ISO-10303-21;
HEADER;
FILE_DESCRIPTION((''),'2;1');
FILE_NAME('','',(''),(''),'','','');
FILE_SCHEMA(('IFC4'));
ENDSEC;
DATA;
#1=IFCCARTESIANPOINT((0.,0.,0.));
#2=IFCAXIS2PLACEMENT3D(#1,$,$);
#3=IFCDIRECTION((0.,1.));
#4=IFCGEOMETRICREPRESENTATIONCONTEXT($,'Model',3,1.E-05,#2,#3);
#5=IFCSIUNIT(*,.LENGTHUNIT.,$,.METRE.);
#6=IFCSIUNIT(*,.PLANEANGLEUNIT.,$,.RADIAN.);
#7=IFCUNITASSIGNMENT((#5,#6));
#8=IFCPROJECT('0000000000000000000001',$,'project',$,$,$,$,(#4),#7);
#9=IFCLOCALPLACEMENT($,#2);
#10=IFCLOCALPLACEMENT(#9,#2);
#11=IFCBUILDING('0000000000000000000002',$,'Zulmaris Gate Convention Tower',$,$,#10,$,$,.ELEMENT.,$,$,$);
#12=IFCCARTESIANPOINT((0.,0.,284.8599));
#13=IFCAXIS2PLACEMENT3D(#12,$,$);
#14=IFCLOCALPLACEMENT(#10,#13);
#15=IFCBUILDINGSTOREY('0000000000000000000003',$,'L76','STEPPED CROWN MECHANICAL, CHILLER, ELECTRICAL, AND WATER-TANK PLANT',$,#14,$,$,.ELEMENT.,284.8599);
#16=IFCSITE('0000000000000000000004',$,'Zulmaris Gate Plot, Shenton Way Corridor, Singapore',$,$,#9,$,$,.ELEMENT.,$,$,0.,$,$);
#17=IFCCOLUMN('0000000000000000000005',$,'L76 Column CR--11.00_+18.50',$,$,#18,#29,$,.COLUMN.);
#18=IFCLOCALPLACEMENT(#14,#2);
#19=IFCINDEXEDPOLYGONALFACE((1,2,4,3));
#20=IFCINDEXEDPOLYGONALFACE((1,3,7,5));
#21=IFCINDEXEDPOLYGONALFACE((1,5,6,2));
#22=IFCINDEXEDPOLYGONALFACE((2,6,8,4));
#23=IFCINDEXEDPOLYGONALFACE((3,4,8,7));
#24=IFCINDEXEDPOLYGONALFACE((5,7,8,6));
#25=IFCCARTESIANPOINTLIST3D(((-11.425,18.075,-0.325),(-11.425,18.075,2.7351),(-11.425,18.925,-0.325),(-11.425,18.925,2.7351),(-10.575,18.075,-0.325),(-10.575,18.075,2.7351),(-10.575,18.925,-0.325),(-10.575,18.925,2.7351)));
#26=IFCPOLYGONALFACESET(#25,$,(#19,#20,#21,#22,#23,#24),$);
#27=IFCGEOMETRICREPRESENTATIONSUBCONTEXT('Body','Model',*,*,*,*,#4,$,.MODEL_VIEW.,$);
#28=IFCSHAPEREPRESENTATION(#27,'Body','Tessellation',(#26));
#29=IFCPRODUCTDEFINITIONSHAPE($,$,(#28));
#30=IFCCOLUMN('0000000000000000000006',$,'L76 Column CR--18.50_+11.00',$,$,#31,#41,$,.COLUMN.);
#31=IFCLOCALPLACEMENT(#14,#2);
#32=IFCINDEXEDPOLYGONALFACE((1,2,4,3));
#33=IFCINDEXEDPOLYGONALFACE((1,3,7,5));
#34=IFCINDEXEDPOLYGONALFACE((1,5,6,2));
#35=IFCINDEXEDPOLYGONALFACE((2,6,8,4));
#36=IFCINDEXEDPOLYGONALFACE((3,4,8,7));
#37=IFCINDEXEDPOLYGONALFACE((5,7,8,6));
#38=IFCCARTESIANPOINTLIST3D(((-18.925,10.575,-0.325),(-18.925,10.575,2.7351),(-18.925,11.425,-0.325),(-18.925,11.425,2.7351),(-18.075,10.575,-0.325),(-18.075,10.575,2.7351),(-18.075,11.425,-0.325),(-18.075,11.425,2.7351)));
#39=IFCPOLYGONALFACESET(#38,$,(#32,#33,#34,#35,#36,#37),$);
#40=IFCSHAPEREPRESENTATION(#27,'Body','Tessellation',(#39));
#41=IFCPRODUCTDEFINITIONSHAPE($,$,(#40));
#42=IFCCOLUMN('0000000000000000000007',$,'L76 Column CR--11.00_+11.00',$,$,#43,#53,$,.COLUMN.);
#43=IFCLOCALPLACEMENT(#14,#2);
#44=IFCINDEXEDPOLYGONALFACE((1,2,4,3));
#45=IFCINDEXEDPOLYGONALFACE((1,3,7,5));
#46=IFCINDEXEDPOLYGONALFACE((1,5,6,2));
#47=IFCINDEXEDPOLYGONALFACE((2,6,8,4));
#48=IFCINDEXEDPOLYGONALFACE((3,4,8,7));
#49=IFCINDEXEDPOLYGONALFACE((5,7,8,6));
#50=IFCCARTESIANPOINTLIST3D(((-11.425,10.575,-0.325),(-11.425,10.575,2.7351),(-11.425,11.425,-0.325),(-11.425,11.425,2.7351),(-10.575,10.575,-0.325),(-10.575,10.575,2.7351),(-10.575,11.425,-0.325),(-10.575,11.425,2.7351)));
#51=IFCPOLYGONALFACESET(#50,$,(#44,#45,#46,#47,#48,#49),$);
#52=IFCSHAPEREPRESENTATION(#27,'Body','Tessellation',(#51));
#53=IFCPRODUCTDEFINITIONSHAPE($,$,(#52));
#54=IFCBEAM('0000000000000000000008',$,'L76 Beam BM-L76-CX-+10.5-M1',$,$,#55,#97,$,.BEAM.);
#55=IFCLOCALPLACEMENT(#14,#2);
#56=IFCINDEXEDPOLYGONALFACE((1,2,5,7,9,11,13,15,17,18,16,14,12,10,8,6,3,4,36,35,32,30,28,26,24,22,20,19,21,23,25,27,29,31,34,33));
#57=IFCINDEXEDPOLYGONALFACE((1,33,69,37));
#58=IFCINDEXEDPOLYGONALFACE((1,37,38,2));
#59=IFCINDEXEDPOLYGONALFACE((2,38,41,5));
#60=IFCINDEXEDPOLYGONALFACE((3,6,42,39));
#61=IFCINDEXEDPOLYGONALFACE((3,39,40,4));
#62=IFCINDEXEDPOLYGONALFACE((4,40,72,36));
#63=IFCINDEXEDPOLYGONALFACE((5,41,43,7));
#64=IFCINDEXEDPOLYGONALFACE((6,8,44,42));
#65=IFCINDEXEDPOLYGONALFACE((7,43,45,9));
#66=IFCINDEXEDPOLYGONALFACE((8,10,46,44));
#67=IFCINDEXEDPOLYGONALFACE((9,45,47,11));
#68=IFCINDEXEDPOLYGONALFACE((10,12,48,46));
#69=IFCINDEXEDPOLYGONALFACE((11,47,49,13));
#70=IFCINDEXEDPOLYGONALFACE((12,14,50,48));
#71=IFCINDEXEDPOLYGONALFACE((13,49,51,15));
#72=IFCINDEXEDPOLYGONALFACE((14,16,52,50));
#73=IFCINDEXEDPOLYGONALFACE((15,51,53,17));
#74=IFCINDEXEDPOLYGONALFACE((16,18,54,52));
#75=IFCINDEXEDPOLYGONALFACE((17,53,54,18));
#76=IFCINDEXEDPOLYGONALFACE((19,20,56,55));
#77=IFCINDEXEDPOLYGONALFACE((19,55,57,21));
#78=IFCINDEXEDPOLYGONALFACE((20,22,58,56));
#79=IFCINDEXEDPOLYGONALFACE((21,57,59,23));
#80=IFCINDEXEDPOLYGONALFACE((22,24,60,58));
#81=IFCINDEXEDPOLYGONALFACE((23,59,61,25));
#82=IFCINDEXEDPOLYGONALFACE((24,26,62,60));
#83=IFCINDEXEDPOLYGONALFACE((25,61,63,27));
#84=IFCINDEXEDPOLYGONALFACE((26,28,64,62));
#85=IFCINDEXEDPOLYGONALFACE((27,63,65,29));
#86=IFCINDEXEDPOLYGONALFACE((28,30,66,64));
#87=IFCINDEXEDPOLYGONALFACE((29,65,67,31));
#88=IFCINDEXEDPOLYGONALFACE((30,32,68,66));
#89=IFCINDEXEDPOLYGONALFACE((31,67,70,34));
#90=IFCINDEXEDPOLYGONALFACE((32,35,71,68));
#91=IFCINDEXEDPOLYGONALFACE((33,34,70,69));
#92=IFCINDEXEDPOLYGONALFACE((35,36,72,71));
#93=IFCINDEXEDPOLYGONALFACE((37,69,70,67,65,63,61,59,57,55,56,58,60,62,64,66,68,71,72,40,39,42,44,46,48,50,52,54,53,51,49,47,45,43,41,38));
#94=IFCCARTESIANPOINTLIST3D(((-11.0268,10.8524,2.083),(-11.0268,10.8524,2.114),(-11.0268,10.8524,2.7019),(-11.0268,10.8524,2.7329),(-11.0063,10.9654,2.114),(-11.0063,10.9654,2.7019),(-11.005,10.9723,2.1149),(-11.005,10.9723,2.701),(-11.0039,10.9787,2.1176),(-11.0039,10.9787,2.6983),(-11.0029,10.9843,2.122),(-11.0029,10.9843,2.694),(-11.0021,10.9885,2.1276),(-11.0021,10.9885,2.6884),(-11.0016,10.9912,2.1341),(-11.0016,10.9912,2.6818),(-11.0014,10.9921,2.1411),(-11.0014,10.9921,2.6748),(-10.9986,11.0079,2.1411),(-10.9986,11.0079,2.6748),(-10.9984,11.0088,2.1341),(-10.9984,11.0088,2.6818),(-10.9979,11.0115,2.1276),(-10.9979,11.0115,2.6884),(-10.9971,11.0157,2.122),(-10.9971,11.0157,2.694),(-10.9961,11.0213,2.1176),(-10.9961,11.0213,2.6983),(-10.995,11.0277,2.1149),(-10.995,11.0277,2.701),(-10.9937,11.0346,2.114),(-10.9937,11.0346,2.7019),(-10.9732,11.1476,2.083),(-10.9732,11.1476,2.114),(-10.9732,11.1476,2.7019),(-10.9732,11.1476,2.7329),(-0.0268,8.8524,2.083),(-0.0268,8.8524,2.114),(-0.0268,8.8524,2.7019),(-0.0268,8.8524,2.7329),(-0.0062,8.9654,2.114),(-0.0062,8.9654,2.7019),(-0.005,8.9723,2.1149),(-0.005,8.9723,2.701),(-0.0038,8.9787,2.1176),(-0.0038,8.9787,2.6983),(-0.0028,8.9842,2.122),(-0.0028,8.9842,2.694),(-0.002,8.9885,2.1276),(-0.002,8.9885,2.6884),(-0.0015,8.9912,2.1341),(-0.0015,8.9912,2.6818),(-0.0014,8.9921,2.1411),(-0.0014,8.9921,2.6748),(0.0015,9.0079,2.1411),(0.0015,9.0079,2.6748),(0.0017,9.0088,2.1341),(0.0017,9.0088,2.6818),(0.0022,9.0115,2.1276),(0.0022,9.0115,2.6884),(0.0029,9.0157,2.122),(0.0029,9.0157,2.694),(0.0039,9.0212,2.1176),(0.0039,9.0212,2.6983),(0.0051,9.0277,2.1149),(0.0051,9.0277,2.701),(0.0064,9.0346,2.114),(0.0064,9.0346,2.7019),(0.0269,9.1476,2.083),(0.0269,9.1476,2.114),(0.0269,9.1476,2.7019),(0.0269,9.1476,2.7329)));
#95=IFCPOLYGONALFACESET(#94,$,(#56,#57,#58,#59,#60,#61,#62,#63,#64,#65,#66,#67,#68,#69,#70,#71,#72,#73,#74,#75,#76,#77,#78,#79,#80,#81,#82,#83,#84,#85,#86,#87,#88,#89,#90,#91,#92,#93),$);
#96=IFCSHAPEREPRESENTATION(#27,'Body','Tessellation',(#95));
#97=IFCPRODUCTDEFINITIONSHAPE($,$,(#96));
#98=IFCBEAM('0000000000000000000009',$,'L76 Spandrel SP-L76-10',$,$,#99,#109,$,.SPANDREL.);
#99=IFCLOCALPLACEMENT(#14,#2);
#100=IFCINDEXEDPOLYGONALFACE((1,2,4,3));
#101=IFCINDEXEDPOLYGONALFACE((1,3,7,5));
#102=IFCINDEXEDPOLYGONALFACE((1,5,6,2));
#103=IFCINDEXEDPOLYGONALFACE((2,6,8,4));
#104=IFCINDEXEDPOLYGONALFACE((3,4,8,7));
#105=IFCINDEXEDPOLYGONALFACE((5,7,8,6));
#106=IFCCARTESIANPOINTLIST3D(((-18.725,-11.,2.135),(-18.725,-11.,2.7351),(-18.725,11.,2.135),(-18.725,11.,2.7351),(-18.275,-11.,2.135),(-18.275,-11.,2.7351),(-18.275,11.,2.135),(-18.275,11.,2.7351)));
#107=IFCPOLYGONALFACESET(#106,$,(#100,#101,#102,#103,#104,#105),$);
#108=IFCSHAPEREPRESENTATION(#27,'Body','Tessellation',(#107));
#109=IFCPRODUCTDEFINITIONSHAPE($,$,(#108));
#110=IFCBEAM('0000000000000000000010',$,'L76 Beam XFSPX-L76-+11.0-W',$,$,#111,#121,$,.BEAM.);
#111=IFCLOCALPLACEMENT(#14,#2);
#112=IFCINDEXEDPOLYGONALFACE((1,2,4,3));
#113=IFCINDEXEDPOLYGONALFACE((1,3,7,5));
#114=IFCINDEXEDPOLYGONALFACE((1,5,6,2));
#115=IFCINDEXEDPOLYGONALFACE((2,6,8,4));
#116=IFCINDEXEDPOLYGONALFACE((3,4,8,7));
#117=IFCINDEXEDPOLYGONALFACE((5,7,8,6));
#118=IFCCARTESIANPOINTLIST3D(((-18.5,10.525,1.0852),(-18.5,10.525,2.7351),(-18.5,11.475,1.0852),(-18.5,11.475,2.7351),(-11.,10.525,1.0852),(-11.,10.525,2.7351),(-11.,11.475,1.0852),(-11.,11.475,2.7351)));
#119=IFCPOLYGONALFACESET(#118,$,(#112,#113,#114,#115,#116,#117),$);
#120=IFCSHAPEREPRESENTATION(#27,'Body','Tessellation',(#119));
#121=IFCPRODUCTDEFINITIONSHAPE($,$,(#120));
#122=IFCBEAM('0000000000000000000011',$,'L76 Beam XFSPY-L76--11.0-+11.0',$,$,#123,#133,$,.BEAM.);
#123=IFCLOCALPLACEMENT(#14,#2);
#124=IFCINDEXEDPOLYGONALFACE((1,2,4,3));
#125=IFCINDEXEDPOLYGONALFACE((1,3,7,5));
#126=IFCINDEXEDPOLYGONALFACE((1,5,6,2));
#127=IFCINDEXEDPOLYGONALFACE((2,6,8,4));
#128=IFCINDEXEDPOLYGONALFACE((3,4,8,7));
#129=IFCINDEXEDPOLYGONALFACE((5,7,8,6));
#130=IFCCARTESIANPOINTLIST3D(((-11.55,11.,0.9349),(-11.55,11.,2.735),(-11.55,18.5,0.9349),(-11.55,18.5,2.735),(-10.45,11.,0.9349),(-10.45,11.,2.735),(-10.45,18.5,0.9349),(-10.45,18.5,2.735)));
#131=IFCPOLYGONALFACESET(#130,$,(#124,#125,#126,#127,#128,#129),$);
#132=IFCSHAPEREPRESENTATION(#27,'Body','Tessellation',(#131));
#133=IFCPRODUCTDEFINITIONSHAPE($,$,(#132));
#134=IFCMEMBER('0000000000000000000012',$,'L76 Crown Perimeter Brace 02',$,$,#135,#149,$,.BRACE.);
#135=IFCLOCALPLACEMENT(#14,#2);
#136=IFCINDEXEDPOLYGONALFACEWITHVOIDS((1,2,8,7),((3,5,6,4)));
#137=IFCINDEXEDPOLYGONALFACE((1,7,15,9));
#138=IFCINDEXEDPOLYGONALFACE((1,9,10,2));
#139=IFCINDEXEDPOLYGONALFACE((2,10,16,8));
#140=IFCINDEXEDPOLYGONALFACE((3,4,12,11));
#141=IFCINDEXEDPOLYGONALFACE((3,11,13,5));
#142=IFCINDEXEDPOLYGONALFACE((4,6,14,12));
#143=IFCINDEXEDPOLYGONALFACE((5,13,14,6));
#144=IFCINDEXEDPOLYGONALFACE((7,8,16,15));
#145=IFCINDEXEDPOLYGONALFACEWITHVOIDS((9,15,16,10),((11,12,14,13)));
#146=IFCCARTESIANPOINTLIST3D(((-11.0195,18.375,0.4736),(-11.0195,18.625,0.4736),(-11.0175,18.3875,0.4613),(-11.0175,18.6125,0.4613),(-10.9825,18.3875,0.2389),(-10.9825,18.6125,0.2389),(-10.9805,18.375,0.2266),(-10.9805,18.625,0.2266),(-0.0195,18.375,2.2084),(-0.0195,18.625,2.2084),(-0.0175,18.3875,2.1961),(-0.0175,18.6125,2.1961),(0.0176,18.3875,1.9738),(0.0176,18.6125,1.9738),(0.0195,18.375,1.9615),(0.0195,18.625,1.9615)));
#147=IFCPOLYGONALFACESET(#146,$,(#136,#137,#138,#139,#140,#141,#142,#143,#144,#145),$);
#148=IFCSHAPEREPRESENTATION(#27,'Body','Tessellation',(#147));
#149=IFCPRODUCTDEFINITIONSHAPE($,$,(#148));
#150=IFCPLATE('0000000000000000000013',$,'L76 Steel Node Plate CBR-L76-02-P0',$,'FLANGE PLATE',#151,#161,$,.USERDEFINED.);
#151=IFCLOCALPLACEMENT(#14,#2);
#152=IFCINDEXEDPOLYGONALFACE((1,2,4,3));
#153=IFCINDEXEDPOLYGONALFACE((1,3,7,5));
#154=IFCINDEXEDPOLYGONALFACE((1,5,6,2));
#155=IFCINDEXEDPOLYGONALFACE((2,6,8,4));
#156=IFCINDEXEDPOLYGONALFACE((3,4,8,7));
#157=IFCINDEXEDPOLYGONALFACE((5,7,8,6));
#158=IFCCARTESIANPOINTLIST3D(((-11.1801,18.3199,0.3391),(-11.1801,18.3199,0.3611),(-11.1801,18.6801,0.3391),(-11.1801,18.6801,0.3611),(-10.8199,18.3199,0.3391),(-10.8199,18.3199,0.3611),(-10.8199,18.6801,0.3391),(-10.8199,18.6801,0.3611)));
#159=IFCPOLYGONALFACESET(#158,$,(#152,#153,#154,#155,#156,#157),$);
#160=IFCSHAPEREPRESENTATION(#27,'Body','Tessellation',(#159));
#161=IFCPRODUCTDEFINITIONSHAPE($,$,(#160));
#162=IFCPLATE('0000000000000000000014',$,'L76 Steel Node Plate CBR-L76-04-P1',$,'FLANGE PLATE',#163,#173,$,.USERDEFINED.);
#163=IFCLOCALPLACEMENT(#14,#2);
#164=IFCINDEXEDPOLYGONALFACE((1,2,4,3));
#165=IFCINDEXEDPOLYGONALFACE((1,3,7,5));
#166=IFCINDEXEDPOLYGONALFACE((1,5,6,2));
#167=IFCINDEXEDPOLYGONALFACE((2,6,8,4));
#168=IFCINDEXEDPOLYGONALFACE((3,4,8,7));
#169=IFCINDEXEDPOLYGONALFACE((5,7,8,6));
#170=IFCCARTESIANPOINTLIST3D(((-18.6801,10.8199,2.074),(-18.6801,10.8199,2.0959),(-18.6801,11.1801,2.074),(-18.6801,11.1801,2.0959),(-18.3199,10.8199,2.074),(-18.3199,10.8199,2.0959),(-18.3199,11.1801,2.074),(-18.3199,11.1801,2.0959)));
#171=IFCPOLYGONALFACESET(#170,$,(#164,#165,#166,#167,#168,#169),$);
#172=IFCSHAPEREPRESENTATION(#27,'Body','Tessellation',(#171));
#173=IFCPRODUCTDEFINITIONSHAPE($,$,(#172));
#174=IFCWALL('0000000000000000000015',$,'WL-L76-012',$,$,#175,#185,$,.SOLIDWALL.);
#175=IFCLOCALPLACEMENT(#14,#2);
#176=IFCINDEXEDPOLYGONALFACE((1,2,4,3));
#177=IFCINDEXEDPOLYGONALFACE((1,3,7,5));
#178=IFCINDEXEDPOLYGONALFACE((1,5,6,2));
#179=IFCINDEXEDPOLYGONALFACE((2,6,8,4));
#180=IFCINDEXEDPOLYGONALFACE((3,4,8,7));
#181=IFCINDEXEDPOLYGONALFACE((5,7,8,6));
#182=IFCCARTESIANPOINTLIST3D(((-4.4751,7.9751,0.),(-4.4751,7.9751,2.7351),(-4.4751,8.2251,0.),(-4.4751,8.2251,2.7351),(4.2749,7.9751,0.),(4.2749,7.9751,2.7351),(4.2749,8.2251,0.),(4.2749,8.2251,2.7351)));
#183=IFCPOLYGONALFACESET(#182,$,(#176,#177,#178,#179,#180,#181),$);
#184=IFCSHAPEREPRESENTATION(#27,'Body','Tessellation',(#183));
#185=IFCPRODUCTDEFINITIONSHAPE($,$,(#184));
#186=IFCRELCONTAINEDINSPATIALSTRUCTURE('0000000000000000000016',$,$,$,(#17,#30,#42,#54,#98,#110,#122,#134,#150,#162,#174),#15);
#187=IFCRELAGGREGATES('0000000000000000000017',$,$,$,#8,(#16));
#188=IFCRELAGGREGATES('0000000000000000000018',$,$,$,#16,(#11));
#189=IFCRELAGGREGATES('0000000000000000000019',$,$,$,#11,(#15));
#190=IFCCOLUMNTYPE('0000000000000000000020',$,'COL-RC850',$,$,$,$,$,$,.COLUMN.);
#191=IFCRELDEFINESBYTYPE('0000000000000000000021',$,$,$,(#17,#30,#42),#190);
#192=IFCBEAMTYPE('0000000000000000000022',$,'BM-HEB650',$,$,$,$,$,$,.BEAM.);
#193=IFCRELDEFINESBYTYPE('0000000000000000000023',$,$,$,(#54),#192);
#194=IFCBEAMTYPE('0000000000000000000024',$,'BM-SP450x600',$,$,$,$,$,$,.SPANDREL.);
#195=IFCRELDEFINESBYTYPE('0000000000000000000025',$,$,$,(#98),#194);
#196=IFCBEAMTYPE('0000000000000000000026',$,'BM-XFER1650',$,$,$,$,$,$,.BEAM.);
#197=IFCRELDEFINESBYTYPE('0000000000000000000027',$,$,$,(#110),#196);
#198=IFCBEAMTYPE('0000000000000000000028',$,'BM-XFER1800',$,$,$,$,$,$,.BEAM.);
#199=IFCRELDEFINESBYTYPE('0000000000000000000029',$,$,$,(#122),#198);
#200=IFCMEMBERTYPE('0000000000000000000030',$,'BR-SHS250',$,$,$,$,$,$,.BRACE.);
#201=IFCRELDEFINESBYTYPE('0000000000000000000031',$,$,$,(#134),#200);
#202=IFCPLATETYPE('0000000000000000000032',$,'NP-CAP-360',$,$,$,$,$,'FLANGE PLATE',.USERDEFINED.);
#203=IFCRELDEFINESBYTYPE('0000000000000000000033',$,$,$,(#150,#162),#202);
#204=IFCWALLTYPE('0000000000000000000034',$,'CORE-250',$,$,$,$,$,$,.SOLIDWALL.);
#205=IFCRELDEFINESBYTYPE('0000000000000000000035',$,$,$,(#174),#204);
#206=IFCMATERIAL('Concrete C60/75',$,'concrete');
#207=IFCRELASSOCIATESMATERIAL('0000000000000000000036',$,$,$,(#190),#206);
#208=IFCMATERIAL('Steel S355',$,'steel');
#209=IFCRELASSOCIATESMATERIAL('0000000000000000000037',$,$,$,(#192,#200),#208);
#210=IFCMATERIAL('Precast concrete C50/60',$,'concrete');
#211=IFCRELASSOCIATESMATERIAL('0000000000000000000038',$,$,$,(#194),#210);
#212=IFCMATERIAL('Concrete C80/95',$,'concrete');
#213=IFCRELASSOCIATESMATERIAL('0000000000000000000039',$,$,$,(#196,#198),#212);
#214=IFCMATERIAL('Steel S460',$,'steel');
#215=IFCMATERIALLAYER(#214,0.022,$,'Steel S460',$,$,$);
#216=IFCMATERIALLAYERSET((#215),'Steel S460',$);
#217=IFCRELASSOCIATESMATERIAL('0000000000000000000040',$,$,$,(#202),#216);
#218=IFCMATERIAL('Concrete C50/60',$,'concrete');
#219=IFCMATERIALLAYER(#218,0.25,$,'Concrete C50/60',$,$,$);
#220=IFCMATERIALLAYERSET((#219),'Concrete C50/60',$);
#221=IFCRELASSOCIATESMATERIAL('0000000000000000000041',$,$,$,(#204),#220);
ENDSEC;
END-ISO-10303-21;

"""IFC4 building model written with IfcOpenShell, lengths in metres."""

from ifc_helpers import new_model, si_unit, direction, frame, frame_2d, origin, origin_2d, place, context, subcontext, project, spatial, rectangle, hollow_rectangle, i_section, extrude, material, layer, layer_set, material_profile, profile_set, type_object, element, save


model = new_model("IFC4")

# Units and contexts
model_context = context("Model", 3, precision=1e-05, world=origin(), true_north=direction((0.0, 1.0)))
body_context = subcontext(model_context, "Body", "Model", "MODEL_VIEW")
ifc_project = project(units=[si_unit("LENGTHUNIT", "METRE"), si_unit("PLANEANGLEUNIT", "RADIAN")], contexts=[model_context])

# Site, building, storey
site_placement = place(None, origin())
site = spatial("IfcSite", under=ifc_project, at=site_placement, Name="Zulmaris Gate Plot, Shenton Way Corridor, Singapore", CompositionType="ELEMENT", RefElevation=0.0)
building_placement = place(site_placement, origin())
building = spatial("IfcBuilding", under=site, at=building_placement, Name="Zulmaris Gate Convention Tower", CompositionType="ELEMENT")
storey_placement = place(building_placement, frame((0.0, 0.0, 284.8599)))
storey = spatial("IfcBuildingStorey", under=building, at=storey_placement, Name="L76", Description="STEPPED CROWN MECHANICAL, CHILLER, ELECTRICAL, AND WATER-TANK PLANT", CompositionType="ELEMENT", Elevation=284.8599)

# Columns
ifc_material_1 = material(Name="Concrete C60/75", Category="concrete")
ifc_material_profile_1 = material_profile(ifc_material_1, rectangle(XDim=0.8501, YDim=0.8501, at=origin_2d()), Name="RC COL 850x850")
ifc_profile_set_1 = profile_set([ifc_material_profile_1], Name="Concrete C60/75")
column_type = type_object("IfcColumnType", Name="COL-RC850", PredefinedType="COLUMN", material=ifc_profile_set_1)
for number, where, z_axis, x_axis, name in (
    (1, (-11.0, 18.5, -0.325), (0.0, 0.0, 1.0), (1.0, 0.0, 0.0), "L76 Column CR--11.00_+18.50"),
    (2, (-18.5, 11.0, -0.325), (0.0, 0.0, 1.0), (1.0, 0.0, 0.0), "L76 Column CR--18.50_+11.00"),
    (3, (-11.0, 11.0, -0.325), (0.0, 0.0, 1.0), (1.0, 0.0, 0.0), "L76 Column CR--11.00_+11.00"),
):
    element("IfcColumn", number, at=place(storey_placement, frame(where, z_axis=z_axis, x_axis=x_axis)), inside=storey, type_object=column_type, Name=name, PredefinedType="COLUMN", context=body_context, shape_type="SweptSolid", body=[
        extrude(rectangle(XDim=0.8501, YDim=0.8501, at=origin_2d()), origin(), (0.0, 0.0, 1.0), 3.0601),
    ])

# Beams
ifc_material_2 = material(Name="Steel S355", Category="steel")
ifc_material_profile_2 = material_profile(ifc_material_2, i_section(OverallWidth=0.3, OverallDepth=0.6499, WebThickness=0.0161, FlangeThickness=0.031, FilletRadius=0.0271, at=origin_2d()), Name="HEB 650")
ifc_profile_set_2 = profile_set([ifc_material_profile_2], Name="Steel S355")
beam_type_1 = type_object("IfcBeamType", Name="BM-HEB650", PredefinedType="BEAM", material=ifc_profile_set_2)
beam_1_placement = place(storey_placement, frame((-11.0, 11.0, 2.408), z_axis=(0.98387, -0.178885, 0.0), x_axis=(0.178885, 0.98387, 0.0)))
element("IfcBeam", 4, at=beam_1_placement, inside=storey, type_object=beam_type_1, Name="L76 Beam BM-L76-CX-+10.5-M1", PredefinedType="BEAM", context=body_context, shape_type="SweptSolid", body=[
    extrude(i_section(OverallWidth=0.3, OverallDepth=0.6499, WebThickness=0.0161, FlangeThickness=0.031, FilletRadius=0.0271, at=origin_2d()), origin(), (0.0, 0.0, 1.0), 11.1804),
])
ifc_material_3 = material(Name="Precast concrete C50/60", Category="concrete")
ifc_material_profile_3 = material_profile(ifc_material_3, rectangle(XDim=0.45, YDim=0.6001, at=origin_2d()), Name="RC SPANDREL 450x600")
ifc_profile_set_3 = profile_set([ifc_material_profile_3], Name="Precast concrete C50/60")
beam_type_2 = type_object("IfcBeamType", Name="BM-SP450x600", PredefinedType="SPANDREL", material=ifc_profile_set_3)
beam_2_placement = place(storey_placement, frame((-18.5, 11.0, 2.4351), z_axis=(0.0, -1.0, 0.0), x_axis=(1.0, 0.0, 0.0)))
element("IfcBeam", 5, at=beam_2_placement, inside=storey, type_object=beam_type_2, Name="L76 Spandrel SP-L76-10", PredefinedType="SPANDREL", context=body_context, shape_type="SweptSolid", body=[
    extrude(rectangle(XDim=0.45, YDim=0.6001, at=origin_2d()), origin(), (0.0, 0.0, 1.0), 22.0),
])
ifc_material_4 = material(Name="Concrete C80/95", Category="concrete")
ifc_material_profile_4 = material_profile(ifc_material_4, rectangle(XDim=0.95, YDim=1.6499, at=origin_2d()), Name="RC TRANSFER 950x1650")
ifc_profile_set_4 = profile_set([ifc_material_profile_4], Name="Concrete C80/95")
beam_type_3 = type_object("IfcBeamType", Name="BM-XFER1650", PredefinedType="BEAM", material=ifc_profile_set_4)
beam_3_placement = place(storey_placement, frame((-18.5, 11.0, 1.9102), z_axis=(1.0, 0.0, 0.0), x_axis=(0.0, 1.0, 0.0)))
element("IfcBeam", 6, at=beam_3_placement, inside=storey, type_object=beam_type_3, Name="L76 Beam XFSPX-L76-+11.0-W", PredefinedType="BEAM", context=body_context, shape_type="SweptSolid", body=[
    extrude(rectangle(XDim=0.95, YDim=1.6499, at=origin_2d()), origin(), (0.0, 0.0, 1.0), 7.5),
])
ifc_material_profile_5 = material_profile(ifc_material_4, rectangle(XDim=1.1001, YDim=1.8, at=origin_2d()), Name="RC TRANSFER 1100x1800")
ifc_profile_set_5 = profile_set([ifc_material_profile_5], Name="Concrete C80/95")
beam_type_4 = type_object("IfcBeamType", Name="BM-XFER1800", PredefinedType="BEAM", material=ifc_profile_set_5)
beam_4_placement = place(storey_placement, frame((-11.0, 11.0, 1.835), z_axis=(0.0, 1.0, 0.0), x_axis=(-1.0, 0.0, 0.0)))
element("IfcBeam", 7, at=beam_4_placement, inside=storey, type_object=beam_type_4, Name="L76 Beam XFSPY-L76--11.0-+11.0", PredefinedType="BEAM", context=body_context, shape_type="SweptSolid", body=[
    extrude(rectangle(XDim=1.1001, YDim=1.8, at=origin_2d()), origin(), (0.0, 0.0, 1.0), 7.5),
])

# Member
ifc_material_profile_6 = material_profile(ifc_material_2, hollow_rectangle(XDim=0.25, YDim=0.25, WallThickness=0.0125, at=origin_2d()), Name="SHS 250x250x12.5")
ifc_profile_set_6 = profile_set([ifc_material_profile_6], Name="Steel S355")
member_type = type_object("IfcMemberType", Name="BR-SHS250", PredefinedType="BRACE", material=ifc_profile_set_6)
member_placement = place(storey_placement, frame((-11.0, 18.5, 0.3501), z_axis=(0.98779, 0.0, 0.155789), x_axis=(0.0, 1.0, 0.0)))
element("IfcMember", 8, at=member_placement, inside=storey, type_object=member_type, Name="L76 Crown Perimeter Brace 02", PredefinedType="BRACE", context=body_context, shape_type="SweptSolid", body=[
    extrude(hollow_rectangle(XDim=0.25, YDim=0.25, WallThickness=0.0125, at=origin_2d()), origin(), (0.0, 0.0, 1.0), 11.136),
])

# Plates
ifc_material_5 = material(Name="Steel S460", Category="steel")
ifc_layer_1 = layer(ifc_material_5, 0.022, Name="Steel S460")
ifc_layer_set_1 = layer_set([ifc_layer_1], Name="Steel S460")
plate_type = type_object("IfcPlateType", Name="NP-CAP-360", ElementType="FLANGE PLATE", PredefinedType="USERDEFINED", material=ifc_layer_set_1)
for number, where, z_axis, x_axis, name in (
    (9, (-11.0, 18.5, 0.3391), (0.0, 0.0, 1.0), (1.0, 0.0, 0.0), "L76 Steel Node Plate CBR-L76-02-P0"),
    (10, (-18.5, 11.0, 2.074), (0.0, 0.0, 1.0), (1.0, 0.0, 0.0), "L76 Steel Node Plate CBR-L76-04-P1"),
):
    element("IfcPlate", number, at=place(storey_placement, frame(where, z_axis=z_axis, x_axis=x_axis)), inside=storey, type_object=plate_type, Name=name, ObjectType="FLANGE PLATE", PredefinedType="USERDEFINED", context=body_context, shape_type="SweptSolid", body=[
        extrude(rectangle(XDim=0.3601, YDim=0.3601, at=origin_2d()), origin(), (0.0, 0.0, 1.0), 0.022),
    ])

# Wall
ifc_material_6 = material(Name="Concrete C50/60", Category="concrete")
ifc_layer_2 = layer(ifc_material_6, 0.25, Name="Concrete C50/60")
ifc_layer_set_2 = layer_set([ifc_layer_2], Name="Concrete C50/60")
wall_type_1 = type_object("IfcWallType", Name="CORE-250", PredefinedType="SOLIDWALL", material=ifc_layer_set_2)
wall_1_placement = place(storey_placement, frame((-4.4751, 8.1001, 0.0), z_axis=(0.0, 0.0, 1.0), x_axis=(1.0, 0.0, 0.0)))
element("IfcWall", 11, at=wall_1_placement, inside=storey, type_object=wall_type_1, Name="WL-L76-012", PredefinedType="SOLIDWALL", context=body_context, shape_type="SweptSolid", body=[
    extrude(rectangle(XDim=8.75, YDim=0.25, at=frame_2d((4.375, 0.0))), origin(), (0.0, 0.0, 1.0), 2.7351),
])

save(model, "model.ifc")
